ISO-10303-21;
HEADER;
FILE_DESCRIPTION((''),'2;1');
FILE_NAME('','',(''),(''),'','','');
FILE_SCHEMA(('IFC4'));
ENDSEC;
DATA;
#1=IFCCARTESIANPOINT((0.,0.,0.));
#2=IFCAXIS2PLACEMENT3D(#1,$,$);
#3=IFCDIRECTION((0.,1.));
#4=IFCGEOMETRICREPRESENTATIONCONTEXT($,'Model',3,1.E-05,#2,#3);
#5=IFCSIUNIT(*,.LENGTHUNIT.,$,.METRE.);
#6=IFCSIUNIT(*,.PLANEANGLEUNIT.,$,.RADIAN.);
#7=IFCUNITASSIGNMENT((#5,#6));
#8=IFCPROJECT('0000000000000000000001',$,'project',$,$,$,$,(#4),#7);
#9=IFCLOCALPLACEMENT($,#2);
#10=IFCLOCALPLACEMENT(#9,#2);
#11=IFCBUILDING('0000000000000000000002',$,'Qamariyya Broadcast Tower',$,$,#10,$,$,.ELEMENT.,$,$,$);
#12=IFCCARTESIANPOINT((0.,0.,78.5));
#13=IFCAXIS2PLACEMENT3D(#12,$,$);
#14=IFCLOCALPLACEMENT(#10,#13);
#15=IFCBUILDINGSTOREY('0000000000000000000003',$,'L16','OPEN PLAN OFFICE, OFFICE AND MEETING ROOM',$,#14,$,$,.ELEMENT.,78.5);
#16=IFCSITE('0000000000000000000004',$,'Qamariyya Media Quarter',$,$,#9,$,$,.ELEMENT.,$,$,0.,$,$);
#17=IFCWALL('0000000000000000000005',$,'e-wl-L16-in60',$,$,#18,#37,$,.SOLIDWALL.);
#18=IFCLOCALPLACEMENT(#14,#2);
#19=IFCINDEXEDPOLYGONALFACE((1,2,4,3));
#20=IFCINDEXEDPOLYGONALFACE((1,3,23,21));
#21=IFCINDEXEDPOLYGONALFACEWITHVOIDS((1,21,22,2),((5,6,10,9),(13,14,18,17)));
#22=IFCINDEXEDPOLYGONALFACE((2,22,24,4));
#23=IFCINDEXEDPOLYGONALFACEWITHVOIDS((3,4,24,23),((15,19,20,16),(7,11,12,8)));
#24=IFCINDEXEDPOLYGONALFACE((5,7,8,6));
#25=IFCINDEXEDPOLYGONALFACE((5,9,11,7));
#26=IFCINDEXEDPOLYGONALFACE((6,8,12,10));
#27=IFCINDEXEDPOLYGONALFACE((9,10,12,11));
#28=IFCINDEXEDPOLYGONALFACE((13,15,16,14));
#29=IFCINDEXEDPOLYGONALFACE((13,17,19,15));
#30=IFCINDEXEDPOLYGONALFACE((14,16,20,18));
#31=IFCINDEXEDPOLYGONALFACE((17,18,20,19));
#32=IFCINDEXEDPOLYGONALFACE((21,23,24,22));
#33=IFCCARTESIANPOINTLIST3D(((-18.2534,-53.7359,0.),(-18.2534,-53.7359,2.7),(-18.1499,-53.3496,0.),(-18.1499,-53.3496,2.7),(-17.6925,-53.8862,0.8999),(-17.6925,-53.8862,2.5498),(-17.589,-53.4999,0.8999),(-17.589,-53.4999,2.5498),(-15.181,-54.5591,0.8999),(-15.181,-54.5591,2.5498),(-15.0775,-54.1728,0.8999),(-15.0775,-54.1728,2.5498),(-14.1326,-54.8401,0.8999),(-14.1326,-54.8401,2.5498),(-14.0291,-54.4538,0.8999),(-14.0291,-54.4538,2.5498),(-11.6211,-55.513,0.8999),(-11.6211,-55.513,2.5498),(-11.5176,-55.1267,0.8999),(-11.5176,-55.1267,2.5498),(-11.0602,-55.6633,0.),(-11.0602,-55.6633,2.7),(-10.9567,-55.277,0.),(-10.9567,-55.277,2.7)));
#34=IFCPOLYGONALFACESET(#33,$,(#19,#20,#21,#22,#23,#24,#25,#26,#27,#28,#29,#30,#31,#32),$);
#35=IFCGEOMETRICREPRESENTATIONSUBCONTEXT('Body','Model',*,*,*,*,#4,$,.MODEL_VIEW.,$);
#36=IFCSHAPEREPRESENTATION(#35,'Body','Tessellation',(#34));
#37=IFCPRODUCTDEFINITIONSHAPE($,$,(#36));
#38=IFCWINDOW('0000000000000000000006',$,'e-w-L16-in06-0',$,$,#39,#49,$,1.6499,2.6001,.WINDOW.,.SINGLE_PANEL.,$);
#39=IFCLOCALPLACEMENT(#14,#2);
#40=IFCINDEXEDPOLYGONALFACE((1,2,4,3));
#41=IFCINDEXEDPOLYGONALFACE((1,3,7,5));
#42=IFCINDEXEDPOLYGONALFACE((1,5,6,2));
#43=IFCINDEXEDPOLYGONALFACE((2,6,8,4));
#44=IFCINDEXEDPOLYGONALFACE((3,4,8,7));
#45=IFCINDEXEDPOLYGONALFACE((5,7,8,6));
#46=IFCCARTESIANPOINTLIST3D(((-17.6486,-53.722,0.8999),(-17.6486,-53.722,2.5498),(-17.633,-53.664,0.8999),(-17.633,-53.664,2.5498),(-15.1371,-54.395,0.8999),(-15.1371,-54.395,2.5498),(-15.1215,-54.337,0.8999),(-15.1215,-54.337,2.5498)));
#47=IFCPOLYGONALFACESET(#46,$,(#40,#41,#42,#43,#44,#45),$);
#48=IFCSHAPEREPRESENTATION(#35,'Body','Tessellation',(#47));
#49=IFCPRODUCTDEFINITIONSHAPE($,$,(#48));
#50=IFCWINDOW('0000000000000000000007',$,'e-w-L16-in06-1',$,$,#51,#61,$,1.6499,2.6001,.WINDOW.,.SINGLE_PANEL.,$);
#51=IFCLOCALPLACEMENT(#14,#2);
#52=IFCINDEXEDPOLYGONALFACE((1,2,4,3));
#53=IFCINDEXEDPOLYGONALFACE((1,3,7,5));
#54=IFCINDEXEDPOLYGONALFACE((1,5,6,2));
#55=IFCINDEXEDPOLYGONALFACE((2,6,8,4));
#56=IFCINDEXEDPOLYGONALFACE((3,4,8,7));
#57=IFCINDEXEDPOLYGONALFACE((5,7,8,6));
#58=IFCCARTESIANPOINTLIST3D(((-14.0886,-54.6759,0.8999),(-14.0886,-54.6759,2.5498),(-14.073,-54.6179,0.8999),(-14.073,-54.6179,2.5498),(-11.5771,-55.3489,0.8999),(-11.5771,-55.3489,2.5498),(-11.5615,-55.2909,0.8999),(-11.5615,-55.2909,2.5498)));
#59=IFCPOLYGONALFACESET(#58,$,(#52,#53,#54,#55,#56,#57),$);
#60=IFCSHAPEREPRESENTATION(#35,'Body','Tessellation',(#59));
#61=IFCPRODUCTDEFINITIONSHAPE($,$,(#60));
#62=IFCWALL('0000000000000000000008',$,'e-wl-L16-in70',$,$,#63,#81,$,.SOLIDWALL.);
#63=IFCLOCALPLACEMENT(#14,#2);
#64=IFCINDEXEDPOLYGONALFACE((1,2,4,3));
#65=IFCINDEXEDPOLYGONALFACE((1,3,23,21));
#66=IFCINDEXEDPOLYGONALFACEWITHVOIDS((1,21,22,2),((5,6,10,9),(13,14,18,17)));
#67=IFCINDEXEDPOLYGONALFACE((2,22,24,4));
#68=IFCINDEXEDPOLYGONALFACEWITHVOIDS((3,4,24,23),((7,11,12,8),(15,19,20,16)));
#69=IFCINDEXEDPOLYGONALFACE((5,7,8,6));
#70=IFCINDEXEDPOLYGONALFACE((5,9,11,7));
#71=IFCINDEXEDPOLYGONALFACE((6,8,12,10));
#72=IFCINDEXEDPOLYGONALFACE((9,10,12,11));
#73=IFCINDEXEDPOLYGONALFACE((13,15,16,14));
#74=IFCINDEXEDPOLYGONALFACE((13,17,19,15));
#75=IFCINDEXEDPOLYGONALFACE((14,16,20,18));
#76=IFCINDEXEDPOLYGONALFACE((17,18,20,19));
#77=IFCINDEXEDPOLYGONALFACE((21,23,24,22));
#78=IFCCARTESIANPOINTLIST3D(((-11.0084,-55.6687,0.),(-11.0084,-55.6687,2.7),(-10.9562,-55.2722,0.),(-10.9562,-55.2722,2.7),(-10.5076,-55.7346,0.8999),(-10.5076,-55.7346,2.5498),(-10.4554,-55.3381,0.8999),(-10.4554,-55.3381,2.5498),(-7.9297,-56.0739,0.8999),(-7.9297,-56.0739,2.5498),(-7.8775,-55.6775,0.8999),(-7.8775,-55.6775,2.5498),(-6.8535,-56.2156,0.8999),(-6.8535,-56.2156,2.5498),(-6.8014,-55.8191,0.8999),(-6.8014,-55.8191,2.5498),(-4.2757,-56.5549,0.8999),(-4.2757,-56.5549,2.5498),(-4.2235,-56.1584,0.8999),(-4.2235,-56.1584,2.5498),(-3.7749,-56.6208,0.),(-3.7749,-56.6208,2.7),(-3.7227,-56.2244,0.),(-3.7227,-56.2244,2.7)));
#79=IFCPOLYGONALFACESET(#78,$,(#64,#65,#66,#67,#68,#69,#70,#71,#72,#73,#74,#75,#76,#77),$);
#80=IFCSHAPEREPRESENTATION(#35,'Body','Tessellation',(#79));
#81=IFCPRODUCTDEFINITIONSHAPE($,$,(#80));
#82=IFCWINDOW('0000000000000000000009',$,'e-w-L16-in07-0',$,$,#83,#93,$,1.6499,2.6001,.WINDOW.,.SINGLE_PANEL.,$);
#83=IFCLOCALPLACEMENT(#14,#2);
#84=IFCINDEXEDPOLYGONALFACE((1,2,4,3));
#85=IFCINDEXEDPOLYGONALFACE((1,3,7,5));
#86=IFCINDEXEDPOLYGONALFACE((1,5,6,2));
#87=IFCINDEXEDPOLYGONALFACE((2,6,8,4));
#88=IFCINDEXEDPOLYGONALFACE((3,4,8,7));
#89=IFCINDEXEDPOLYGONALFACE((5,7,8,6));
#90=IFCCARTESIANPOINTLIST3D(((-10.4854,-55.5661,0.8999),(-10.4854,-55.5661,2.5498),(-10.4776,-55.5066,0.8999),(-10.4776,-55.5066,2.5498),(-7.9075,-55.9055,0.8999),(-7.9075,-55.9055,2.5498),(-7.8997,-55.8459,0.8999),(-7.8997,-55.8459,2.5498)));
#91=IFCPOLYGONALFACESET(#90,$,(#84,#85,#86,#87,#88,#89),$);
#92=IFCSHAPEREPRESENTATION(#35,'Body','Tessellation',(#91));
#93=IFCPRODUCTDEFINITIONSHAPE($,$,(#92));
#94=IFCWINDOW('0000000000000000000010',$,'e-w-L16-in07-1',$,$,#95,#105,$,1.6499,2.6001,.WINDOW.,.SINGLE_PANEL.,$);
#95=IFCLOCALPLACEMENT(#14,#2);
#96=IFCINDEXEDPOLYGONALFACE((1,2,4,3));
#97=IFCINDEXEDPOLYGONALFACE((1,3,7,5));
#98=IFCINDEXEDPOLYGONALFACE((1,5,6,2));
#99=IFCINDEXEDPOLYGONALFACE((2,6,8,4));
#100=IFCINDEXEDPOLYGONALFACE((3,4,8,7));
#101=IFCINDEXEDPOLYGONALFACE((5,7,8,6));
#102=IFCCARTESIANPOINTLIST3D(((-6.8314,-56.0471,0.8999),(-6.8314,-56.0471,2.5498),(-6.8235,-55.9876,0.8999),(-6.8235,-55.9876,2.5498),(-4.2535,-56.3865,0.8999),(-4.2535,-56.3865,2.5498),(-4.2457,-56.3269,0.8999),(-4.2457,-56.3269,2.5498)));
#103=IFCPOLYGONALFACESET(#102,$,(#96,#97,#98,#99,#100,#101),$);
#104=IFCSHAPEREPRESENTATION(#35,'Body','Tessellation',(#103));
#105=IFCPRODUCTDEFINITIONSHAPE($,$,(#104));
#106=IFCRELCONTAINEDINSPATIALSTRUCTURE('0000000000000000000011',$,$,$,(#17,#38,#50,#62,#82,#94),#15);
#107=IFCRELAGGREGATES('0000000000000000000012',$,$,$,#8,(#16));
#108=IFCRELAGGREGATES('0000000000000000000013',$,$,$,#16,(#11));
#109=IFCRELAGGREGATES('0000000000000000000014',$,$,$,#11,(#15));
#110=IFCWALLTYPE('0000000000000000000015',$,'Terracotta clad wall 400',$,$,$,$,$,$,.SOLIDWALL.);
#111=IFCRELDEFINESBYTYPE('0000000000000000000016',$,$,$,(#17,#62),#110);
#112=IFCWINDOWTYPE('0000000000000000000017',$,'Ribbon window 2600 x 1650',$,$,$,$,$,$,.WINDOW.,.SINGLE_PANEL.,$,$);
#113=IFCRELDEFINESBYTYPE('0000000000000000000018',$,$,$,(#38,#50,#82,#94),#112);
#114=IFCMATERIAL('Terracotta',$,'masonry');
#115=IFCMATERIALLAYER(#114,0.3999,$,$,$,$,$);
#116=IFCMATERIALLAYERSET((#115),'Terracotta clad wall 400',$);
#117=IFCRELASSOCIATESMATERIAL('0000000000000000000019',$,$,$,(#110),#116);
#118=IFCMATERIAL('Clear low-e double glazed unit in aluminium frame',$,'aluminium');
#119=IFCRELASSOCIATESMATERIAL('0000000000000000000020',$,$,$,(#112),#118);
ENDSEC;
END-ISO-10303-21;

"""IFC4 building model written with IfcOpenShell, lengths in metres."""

from ifc_helpers import new_model, si_unit, direction, frame, frame_2d, origin, place, context, subcontext, project, spatial, rectangle, extrude, material, layer, layer_set, type_object, element, fill, save


model = new_model("IFC4")

# Units and contexts
model_context = context("Model", 3, precision=1e-05, world=origin(), true_north=direction((0.0, 1.0)))
body_context = subcontext(model_context, "Body", "Model", "MODEL_VIEW")
ifc_project = project(units=[si_unit("LENGTHUNIT", "METRE"), si_unit("PLANEANGLEUNIT", "RADIAN")], contexts=[model_context])

# Site, building, storey
site_placement = place(None, origin())
site = spatial("IfcSite", under=ifc_project, at=site_placement, Name="Qamariyya Media Quarter", CompositionType="ELEMENT", RefElevation=0.0)
building_placement = place(site_placement, origin())
building = spatial("IfcBuilding", under=site, at=building_placement, Name="Qamariyya Broadcast Tower", CompositionType="ELEMENT")
storey_placement = place(building_placement, frame((0.0, 0.0, 78.5)))
storey = spatial("IfcBuildingStorey", under=building, at=storey_placement, Name="L16", Description="OPEN PLAN OFFICE, OFFICE AND MEETING ROOM", CompositionType="ELEMENT", Elevation=78.5)

# Walls, openings, windows
ifc_material_1 = material(Name="Terracotta", Category="masonry")
ifc_layer_1 = layer(ifc_material_1, 0.3999)
ifc_layer_set_1 = layer_set([ifc_layer_1], Name="Terracotta clad wall 400")
wall_type_1 = type_object("IfcWallType", Name="Terracotta clad wall 400", PredefinedType="SOLIDWALL", material=ifc_layer_set_1)
ifc_material_2 = material(Name="Clear low-e double glazed unit in aluminium frame", Category="aluminium")
window_type = type_object("IfcWindowType", Name="Ribbon window 2600 x 1650", PartitioningType="SINGLE_PANEL", PredefinedType="WINDOW", material=ifc_material_2)
wall_1_placement = place(storey_placement, frame((-11.0083, -55.4702, 0.0), z_axis=(0.0, 0.0, 1.0), x_axis=(-0.965925, 0.258823, 0.0)))
wall_1 = element("IfcWall", 1, at=wall_1_placement, inside=storey, type_object=wall_type_1, Name="e-wl-L16-in60", PredefinedType="SOLIDWALL", context=body_context, shape_type="SweptSolid", body=[
    extrude(rectangle(XDim=7.447, YDim=0.3999, at=frame_2d((3.7236, 0.0))), origin(), (0.0, 0.0, 1.0), 2.7),
])
opening_1_placement = place(wall_1_placement, frame((4.2664, 0.0, 0.8999)))
opening_1 = element("IfcOpeningElement", 2, at=opening_1_placement, cuts=wall_1, PredefinedType="OPENING", context=body_context, shape_type="SweptSolid", body=[
    extrude(rectangle(XDim=2.6001, YDim=1.6499, at=frame_2d((1.3, 0.825))), frame((0.0, 0.21, 0.0), z_axis=(0.0, -1.0, 0.0), x_axis=(1.0, 0.0, 0.0)), (0.0, 0.0, 1.0), 0.4199),
])
opening_2_placement = place(wall_1_placement, frame((0.5808, 0.0, 0.8999)))
opening_2 = element("IfcOpeningElement", 3, at=opening_2_placement, cuts=wall_1, PredefinedType="OPENING", context=body_context, shape_type="SweptSolid", body=[
    extrude(rectangle(XDim=2.6001, YDim=1.6499, at=frame_2d((1.3, 0.825))), frame((0.0, 0.21, 0.0), z_axis=(0.0, -1.0, 0.0), x_axis=(1.0, 0.0, 0.0)), (0.0, 0.0, 1.0), 0.4199),
])
window_1_placement = place(opening_1_placement, origin())
window_1 = element("IfcWindow", 4, at=window_1_placement, inside=storey, type_object=window_type, Name="e-w-L16-in06-0", OverallHeight=1.6499, OverallWidth=2.6001, PartitioningType="SINGLE_PANEL", PredefinedType="WINDOW", context=body_context, shape_type="SweptSolid", body=[
    extrude(rectangle(XDim=2.6001, YDim=1.6499, at=frame_2d((1.3, 0.825))), frame((0.0, 0.03, 0.0), z_axis=(0.0, -1.0, 0.0), x_axis=(1.0, 0.0, 0.0)), (0.0, 0.0, 1.0), 0.0601),
])
fill(opening_1, window_1)
window_2_placement = place(opening_2_placement, origin())
window_2 = element("IfcWindow", 5, at=window_2_placement, inside=storey, type_object=window_type, Name="e-w-L16-in06-1", OverallHeight=1.6499, OverallWidth=2.6001, PartitioningType="SINGLE_PANEL", PredefinedType="WINDOW", context=body_context, shape_type="SweptSolid", body=[
    extrude(rectangle(XDim=2.6001, YDim=1.6499, at=frame_2d((1.3, 0.825))), frame((0.0, 0.03, 0.0), z_axis=(0.0, -1.0, 0.0), x_axis=(1.0, 0.0, 0.0)), (0.0, 0.0, 1.0), 0.0601),
])
fill(opening_2, window_2)
wall_2_placement = place(storey_placement, frame((-3.7488, -56.4226, 0.0), z_axis=(0.0, 0.0, 1.0), x_axis=(-0.991447, 0.130506, 0.0)))
wall_2 = element("IfcWall", 6, at=wall_2_placement, inside=storey, type_object=wall_type_1, Name="e-wl-L16-in70", PredefinedType="SOLIDWALL", context=body_context, shape_type="SweptSolid", body=[
    extrude(rectangle(XDim=7.2959, YDim=0.3999, at=frame_2d((3.6479, 0.0))), origin(), (0.0, 0.0, 1.0), 2.7),
])
opening_3_placement = place(wall_2_placement, frame((4.1907, 0.0, 0.8999)))
opening_3 = element("IfcOpeningElement", 7, at=opening_3_placement, cuts=wall_2, PredefinedType="OPENING", context=body_context, shape_type="SweptSolid", body=[
    extrude(rectangle(XDim=2.6001, YDim=1.6499, at=frame_2d((1.3, 0.825))), frame((0.0, 0.21, 0.0), z_axis=(0.0, -1.0, 0.0), x_axis=(1.0, 0.0, 0.0)), (0.0, 0.0, 1.0), 0.4199),
])
opening_4_placement = place(wall_2_placement, frame((0.5051, 0.0, 0.8999)))
opening_4 = element("IfcOpeningElement", 8, at=opening_4_placement, cuts=wall_2, PredefinedType="OPENING", context=body_context, shape_type="SweptSolid", body=[
    extrude(rectangle(XDim=2.6001, YDim=1.6499, at=frame_2d((1.3, 0.825))), frame((0.0, 0.21, 0.0), z_axis=(0.0, -1.0, 0.0), x_axis=(1.0, 0.0, 0.0)), (0.0, 0.0, 1.0), 0.4199),
])
window_3_placement = place(opening_3_placement, origin())
window_3 = element("IfcWindow", 9, at=window_3_placement, inside=storey, type_object=window_type, Name="e-w-L16-in07-0", OverallHeight=1.6499, OverallWidth=2.6001, PartitioningType="SINGLE_PANEL", PredefinedType="WINDOW", context=body_context, shape_type="SweptSolid", body=[
    extrude(rectangle(XDim=2.6001, YDim=1.6499, at=frame_2d((1.3, 0.825))), frame((0.0, 0.03, 0.0), z_axis=(0.0, -1.0, 0.0), x_axis=(1.0, 0.0, 0.0)), (0.0, 0.0, 1.0), 0.0601),
])
fill(opening_3, window_3)
window_4_placement = place(opening_4_placement, origin())
window_4 = element("IfcWindow", 10, at=window_4_placement, inside=storey, type_object=window_type, Name="e-w-L16-in07-1", OverallHeight=1.6499, OverallWidth=2.6001, PartitioningType="SINGLE_PANEL", PredefinedType="WINDOW", context=body_context, shape_type="SweptSolid", body=[
    extrude(rectangle(XDim=2.6001, YDim=1.6499, at=frame_2d((1.3, 0.825))), frame((0.0, 0.03, 0.0), z_axis=(0.0, -1.0, 0.0), x_axis=(1.0, 0.0, 0.0)), (0.0, 0.0, 1.0), 0.0601),
])
fill(opening_4, window_4)

save(model, "model.ifc")
